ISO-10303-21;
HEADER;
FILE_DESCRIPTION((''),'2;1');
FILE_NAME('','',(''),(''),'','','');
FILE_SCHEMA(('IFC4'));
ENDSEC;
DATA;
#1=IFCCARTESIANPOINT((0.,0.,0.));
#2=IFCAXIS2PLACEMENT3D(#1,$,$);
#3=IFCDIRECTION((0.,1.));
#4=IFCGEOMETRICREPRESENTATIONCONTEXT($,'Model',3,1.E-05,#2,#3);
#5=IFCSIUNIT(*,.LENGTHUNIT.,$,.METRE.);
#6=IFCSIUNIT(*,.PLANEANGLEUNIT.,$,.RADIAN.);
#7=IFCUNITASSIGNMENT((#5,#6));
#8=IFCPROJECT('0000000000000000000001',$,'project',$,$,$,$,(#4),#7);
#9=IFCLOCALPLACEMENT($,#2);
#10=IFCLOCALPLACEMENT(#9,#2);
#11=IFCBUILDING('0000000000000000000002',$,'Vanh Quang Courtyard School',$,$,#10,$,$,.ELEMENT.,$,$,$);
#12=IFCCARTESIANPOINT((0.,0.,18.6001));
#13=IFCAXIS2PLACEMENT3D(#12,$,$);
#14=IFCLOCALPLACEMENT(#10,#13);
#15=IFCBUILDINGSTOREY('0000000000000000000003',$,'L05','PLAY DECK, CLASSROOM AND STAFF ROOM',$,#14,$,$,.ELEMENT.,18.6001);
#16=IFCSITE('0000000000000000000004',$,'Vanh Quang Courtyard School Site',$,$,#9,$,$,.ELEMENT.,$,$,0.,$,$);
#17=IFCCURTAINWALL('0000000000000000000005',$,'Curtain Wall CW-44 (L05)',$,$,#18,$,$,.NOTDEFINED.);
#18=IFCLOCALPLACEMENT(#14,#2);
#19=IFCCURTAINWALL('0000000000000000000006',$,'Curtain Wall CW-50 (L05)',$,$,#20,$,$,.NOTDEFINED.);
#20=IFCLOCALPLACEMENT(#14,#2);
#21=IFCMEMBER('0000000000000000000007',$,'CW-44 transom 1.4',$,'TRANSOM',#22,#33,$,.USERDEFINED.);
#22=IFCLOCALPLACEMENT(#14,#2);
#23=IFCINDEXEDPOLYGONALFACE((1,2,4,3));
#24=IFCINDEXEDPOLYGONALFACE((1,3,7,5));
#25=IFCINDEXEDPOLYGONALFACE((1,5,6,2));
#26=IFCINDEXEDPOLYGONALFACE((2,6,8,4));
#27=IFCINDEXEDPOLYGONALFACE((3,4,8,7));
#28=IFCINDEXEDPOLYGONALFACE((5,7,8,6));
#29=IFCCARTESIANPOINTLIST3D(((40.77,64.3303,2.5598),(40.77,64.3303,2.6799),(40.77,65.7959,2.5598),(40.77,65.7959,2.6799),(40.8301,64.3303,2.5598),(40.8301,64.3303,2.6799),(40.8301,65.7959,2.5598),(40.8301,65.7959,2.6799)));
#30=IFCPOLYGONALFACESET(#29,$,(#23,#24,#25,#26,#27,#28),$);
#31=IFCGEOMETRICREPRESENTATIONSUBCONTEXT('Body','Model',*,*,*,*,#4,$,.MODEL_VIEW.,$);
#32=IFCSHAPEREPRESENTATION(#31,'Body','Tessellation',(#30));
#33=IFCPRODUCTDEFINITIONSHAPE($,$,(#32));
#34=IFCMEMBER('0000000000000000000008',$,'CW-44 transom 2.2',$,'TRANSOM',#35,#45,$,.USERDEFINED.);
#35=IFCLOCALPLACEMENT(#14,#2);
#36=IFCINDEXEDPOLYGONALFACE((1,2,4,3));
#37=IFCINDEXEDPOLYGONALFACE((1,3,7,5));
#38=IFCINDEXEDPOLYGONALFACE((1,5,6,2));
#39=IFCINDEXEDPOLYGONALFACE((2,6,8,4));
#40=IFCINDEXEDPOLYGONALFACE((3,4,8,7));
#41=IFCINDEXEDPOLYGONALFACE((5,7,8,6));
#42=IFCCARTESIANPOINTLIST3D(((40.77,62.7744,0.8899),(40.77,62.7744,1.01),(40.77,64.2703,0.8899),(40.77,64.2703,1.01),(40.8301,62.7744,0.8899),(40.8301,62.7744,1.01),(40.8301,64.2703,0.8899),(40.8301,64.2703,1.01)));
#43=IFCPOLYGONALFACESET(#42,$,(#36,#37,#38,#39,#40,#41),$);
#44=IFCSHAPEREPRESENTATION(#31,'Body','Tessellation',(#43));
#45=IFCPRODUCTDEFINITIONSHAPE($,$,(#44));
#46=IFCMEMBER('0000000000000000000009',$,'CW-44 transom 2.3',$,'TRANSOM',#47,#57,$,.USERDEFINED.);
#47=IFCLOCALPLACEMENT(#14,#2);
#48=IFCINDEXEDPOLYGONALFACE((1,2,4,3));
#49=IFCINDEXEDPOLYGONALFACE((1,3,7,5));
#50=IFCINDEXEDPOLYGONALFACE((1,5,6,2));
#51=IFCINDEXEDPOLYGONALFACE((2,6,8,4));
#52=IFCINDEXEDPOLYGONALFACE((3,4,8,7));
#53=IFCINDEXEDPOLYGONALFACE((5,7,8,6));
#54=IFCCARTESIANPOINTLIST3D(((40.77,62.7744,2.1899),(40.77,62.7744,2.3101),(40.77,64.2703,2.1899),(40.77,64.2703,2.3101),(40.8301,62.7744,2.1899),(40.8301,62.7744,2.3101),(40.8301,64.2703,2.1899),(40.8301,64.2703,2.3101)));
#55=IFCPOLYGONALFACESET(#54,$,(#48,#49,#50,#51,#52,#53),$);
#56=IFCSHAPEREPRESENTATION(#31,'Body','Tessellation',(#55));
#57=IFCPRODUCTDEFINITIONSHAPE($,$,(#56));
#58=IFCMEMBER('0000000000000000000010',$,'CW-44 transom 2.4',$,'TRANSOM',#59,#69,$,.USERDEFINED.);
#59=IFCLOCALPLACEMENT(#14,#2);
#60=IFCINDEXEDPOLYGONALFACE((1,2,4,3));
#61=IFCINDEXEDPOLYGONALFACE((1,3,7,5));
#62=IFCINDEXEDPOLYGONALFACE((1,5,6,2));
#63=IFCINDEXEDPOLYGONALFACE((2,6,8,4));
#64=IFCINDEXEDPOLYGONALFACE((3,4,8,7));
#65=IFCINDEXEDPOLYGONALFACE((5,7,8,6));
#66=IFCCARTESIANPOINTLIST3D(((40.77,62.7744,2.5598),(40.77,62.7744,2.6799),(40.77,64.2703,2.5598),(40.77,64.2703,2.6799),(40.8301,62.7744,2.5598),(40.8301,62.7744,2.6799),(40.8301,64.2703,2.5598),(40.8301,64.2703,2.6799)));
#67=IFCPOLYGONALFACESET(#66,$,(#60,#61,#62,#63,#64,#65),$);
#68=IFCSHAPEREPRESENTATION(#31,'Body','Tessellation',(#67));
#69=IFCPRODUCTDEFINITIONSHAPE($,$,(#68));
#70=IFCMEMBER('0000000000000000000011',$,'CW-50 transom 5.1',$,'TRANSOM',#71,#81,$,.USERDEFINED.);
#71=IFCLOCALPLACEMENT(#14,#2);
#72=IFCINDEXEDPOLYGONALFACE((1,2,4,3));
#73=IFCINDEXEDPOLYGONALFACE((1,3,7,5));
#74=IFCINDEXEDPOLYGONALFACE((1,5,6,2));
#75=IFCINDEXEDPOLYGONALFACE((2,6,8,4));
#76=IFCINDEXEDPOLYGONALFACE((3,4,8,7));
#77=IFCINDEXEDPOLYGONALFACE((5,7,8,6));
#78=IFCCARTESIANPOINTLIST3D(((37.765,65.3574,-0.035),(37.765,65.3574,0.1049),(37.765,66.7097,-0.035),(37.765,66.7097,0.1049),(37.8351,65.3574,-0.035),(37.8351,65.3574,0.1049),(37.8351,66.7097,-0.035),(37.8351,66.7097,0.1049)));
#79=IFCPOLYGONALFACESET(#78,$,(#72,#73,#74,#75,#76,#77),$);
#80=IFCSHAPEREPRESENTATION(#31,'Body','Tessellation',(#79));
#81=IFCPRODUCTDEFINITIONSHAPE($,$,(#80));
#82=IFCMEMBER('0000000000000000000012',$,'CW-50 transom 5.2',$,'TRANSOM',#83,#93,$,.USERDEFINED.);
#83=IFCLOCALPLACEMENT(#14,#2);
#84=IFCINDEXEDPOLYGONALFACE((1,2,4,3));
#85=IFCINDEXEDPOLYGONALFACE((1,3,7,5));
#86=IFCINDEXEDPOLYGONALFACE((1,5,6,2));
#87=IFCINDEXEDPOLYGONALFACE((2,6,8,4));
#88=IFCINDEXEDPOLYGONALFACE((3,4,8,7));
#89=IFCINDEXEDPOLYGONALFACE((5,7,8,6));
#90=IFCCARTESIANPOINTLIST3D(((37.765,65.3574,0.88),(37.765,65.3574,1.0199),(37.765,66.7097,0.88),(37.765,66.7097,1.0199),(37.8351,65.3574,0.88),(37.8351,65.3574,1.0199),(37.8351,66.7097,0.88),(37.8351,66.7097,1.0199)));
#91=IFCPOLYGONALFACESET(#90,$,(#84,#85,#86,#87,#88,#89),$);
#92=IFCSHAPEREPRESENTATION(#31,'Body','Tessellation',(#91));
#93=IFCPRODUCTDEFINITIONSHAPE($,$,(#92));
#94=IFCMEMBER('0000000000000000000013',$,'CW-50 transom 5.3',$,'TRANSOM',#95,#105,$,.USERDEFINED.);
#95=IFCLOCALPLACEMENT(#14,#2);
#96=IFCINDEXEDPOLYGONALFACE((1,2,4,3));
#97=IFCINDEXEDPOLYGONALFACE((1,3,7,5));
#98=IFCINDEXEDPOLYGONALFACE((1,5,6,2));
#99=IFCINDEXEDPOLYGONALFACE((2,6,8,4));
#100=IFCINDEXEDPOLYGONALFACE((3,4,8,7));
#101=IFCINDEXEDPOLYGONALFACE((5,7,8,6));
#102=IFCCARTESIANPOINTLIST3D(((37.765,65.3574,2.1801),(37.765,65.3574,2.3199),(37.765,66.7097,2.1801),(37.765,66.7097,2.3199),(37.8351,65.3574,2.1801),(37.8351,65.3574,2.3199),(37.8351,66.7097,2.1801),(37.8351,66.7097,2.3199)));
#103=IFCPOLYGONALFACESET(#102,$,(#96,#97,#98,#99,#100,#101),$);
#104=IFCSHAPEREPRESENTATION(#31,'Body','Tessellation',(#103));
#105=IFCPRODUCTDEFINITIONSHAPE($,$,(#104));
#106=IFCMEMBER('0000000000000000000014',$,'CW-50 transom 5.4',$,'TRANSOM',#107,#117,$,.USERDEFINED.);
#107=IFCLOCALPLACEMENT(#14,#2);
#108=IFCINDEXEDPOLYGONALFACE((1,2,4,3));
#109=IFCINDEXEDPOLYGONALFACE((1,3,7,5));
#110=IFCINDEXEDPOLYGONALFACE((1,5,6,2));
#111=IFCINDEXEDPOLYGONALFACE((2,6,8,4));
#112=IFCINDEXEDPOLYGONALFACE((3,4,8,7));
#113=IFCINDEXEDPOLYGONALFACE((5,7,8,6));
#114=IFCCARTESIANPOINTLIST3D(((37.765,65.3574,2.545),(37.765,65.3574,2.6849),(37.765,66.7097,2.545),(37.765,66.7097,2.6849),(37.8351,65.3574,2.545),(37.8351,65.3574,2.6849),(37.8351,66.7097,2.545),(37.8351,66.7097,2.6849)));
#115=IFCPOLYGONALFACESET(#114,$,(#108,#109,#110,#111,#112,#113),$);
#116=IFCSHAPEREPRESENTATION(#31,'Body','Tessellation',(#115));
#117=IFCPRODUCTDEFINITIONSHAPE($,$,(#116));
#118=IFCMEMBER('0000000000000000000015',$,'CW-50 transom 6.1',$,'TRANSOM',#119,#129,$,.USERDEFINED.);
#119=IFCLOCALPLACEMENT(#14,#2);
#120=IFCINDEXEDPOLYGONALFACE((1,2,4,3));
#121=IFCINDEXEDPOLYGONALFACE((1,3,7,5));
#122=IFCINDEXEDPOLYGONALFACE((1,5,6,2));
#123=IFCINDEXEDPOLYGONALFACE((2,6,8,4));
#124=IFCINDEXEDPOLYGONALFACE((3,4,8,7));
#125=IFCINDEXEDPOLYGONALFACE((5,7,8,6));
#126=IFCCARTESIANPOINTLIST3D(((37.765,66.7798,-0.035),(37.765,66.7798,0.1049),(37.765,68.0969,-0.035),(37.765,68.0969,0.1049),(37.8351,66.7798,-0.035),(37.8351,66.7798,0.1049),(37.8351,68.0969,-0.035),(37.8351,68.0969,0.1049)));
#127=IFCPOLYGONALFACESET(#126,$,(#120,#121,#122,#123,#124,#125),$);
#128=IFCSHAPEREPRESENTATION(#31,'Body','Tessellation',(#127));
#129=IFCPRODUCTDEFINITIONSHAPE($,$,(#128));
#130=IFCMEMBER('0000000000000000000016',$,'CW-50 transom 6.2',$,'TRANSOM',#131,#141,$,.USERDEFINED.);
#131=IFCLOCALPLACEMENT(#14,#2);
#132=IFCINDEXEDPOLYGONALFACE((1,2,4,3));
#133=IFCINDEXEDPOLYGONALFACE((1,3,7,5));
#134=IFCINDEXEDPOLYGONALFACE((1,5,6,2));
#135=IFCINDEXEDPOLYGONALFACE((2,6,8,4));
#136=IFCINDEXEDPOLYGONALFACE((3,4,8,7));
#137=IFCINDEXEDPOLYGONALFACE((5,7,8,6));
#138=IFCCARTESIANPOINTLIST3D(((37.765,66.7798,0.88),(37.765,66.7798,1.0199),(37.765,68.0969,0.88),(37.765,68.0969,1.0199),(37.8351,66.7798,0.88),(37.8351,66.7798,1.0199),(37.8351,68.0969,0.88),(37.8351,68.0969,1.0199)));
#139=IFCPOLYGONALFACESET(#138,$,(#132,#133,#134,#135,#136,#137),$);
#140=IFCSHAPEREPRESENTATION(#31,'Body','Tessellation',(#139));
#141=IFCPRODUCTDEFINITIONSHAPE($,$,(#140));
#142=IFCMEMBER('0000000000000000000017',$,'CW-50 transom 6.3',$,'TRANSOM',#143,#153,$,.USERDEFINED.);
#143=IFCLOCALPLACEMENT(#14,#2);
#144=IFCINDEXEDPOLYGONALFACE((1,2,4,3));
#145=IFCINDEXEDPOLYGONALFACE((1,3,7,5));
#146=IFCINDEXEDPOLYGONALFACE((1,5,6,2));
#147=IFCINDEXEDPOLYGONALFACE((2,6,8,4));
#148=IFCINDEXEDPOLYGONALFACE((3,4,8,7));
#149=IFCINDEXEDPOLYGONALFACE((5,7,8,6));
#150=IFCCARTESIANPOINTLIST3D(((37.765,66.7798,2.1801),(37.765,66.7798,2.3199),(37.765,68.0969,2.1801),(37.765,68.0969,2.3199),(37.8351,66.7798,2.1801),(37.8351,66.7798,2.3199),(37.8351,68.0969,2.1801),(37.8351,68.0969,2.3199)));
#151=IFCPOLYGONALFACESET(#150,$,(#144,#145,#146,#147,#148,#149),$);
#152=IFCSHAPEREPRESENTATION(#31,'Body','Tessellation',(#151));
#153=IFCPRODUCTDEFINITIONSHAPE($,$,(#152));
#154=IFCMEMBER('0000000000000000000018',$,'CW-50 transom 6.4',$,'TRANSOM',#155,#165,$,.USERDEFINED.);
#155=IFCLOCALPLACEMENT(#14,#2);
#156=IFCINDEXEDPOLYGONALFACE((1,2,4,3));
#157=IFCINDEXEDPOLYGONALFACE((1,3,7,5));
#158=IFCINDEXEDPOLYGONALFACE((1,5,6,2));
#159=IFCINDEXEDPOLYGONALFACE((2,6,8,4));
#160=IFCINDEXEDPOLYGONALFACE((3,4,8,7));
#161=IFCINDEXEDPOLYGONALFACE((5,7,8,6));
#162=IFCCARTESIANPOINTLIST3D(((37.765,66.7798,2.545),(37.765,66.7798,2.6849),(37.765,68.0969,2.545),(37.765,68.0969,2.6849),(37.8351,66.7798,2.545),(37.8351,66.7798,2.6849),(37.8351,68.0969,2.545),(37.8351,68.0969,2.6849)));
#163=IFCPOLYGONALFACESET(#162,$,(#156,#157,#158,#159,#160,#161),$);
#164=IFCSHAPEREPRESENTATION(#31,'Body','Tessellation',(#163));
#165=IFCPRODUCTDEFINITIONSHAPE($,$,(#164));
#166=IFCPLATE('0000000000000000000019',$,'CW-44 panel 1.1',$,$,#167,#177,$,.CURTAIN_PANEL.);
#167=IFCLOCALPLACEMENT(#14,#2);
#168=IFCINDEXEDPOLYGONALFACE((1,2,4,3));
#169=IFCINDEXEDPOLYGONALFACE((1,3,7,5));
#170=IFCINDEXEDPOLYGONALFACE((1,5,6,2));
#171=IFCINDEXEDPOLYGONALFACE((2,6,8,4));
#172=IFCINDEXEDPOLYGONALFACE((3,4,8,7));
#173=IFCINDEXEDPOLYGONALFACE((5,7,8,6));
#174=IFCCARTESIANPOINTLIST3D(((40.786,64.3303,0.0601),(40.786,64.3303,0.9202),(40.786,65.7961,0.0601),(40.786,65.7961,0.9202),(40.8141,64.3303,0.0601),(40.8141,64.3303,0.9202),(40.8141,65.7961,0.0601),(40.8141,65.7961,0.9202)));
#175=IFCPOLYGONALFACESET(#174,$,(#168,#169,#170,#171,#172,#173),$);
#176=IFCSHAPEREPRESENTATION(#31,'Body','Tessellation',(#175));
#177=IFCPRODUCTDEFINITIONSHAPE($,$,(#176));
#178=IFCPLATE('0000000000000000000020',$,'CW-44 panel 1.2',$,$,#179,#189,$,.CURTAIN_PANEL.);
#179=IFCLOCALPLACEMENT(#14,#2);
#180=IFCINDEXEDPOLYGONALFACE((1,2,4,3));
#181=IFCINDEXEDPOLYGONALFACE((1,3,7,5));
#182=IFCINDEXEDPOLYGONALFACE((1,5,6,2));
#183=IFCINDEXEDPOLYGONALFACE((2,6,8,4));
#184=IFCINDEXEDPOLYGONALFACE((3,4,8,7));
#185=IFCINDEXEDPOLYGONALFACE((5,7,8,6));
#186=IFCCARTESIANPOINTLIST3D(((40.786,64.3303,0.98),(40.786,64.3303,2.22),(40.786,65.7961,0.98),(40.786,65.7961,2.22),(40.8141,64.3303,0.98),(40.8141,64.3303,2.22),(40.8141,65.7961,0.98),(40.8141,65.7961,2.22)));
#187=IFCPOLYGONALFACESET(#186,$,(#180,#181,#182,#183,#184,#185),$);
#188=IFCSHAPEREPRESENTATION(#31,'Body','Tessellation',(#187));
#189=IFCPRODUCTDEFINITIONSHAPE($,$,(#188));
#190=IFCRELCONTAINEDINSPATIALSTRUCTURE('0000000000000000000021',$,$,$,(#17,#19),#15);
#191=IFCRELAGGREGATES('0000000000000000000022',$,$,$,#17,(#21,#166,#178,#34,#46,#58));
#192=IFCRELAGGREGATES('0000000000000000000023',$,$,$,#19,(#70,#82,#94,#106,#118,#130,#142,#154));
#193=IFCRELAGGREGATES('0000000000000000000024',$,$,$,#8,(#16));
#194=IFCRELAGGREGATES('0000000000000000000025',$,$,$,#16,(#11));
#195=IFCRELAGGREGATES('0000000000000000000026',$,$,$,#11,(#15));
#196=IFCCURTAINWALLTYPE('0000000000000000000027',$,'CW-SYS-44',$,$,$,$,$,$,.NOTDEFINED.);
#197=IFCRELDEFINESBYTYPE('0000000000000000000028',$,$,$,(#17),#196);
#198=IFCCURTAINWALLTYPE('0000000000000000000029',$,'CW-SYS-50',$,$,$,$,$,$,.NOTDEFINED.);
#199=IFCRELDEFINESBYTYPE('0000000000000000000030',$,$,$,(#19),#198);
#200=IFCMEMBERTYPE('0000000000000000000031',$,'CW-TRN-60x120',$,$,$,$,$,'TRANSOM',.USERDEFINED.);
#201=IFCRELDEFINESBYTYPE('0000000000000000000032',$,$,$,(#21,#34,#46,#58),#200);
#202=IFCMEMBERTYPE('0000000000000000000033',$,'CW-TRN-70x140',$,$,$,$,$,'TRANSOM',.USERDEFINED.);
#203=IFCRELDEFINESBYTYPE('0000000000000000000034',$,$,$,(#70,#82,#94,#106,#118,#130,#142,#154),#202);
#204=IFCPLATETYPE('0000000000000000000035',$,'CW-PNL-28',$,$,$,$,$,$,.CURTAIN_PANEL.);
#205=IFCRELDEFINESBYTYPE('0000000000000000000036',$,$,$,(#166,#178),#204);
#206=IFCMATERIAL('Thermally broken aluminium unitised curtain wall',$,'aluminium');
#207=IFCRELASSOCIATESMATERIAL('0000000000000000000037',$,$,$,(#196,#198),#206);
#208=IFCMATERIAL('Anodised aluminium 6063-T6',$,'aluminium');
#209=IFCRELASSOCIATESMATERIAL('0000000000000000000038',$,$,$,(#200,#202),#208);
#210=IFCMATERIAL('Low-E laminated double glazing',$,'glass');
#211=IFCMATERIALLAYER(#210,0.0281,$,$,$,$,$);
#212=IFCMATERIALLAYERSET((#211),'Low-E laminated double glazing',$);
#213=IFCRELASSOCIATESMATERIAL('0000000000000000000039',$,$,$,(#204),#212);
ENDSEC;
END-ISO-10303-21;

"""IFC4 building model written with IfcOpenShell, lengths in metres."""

from ifc_helpers import new_model, si_unit, direction, frame, origin, origin_2d, place, context, subcontext, project, spatial, rectangle, extrude, material, layer, layer_set, material_profile, profile_set, type_object, element, aggregate, save


model = new_model("IFC4")

# Units and contexts
model_context = context("Model", 3, precision=1e-05, world=origin(), true_north=direction((0.0, 1.0)))
body_context = subcontext(model_context, "Body", "Model", "MODEL_VIEW")
ifc_project = project(units=[si_unit("LENGTHUNIT", "METRE"), si_unit("PLANEANGLEUNIT", "RADIAN")], contexts=[model_context])

# Site, building, storey
site_placement = place(None, origin())
site = spatial("IfcSite", under=ifc_project, at=site_placement, Name="Vanh Quang Courtyard School Site", CompositionType="ELEMENT", RefElevation=0.0)
building_placement = place(site_placement, origin())
building = spatial("IfcBuilding", under=site, at=building_placement, Name="Vanh Quang Courtyard School", CompositionType="ELEMENT")
storey_placement = place(building_placement, frame((0.0, 0.0, 18.6001)))
storey = spatial("IfcBuildingStorey", under=building, at=storey_placement, Name="L05", Description="PLAY DECK, CLASSROOM AND STAFF ROOM", CompositionType="ELEMENT", Elevation=18.6001)

# Curtain walls
ifc_material_1 = material(Name="Thermally broken aluminium unitised curtain wall", Category="aluminium")
curtain_wall_type_1 = type_object("IfcCurtainWallType", Name="CW-SYS-44", PredefinedType="NOTDEFINED", material=ifc_material_1)
curtain_wall_1_placement = place(storey_placement, origin())
curtain_wall_1 = element("IfcCurtainWall", 1, at=curtain_wall_1_placement, inside=storey, type_object=curtain_wall_type_1, Name="Curtain Wall CW-44 (L05)", PredefinedType="NOTDEFINED")
ifc_material_2 = material(Name="Anodised aluminium 6063-T6", Category="aluminium")
curtain_wall_type_2 = type_object("IfcCurtainWallType", Name="CW-SYS-50", PredefinedType="NOTDEFINED", material=ifc_material_1)
curtain_wall_2_placement = place(storey_placement, origin())
curtain_wall_2 = element("IfcCurtainWall", 2, at=curtain_wall_2_placement, inside=storey, type_object=curtain_wall_type_2, Name="Curtain Wall CW-50 (L05)", PredefinedType="NOTDEFINED")

# Members
ifc_material_profile_1 = material_profile(ifc_material_2, rectangle(XDim=0.0601, YDim=0.1201, at=origin_2d()), Name="ALU-TRN 60x120")
ifc_profile_set_1 = profile_set([ifc_material_profile_1], Name="Anodised aluminium 6063-T6")
member_type_1 = type_object("IfcMemberType", Name="CW-TRN-60x120", ElementType="TRANSOM", PredefinedType="USERDEFINED", material=ifc_profile_set_1)
member_1_placement = place(storey_placement, frame((40.8, 65.7959, 2.6199), z_axis=(0.0, -1.0, 0.0), x_axis=(1.0, 0.0, 0.0)))
member_1 = element("IfcMember", 3, at=member_1_placement, type_object=member_type_1, Name="CW-44 transom 1.4", ObjectType="TRANSOM", PredefinedType="USERDEFINED", context=body_context, shape_type="SweptSolid", body=[
    extrude(rectangle(XDim=0.0601, YDim=0.1201, at=origin_2d()), origin(), (0.0, 0.0, 1.0), 1.4656),
])
member_2_placement = place(storey_placement, frame((40.8, 64.2703, 0.95), z_axis=(0.0, -1.0, 0.0), x_axis=(1.0, 0.0, 0.0)))
member_2 = element("IfcMember", 4, at=member_2_placement, type_object=member_type_1, Name="CW-44 transom 2.2", ObjectType="TRANSOM", PredefinedType="USERDEFINED", context=body_context, shape_type="SweptSolid", body=[
    extrude(rectangle(XDim=0.0601, YDim=0.1201, at=origin_2d()), origin(), (0.0, 0.0, 1.0), 1.4958),
])
member_3_placement = place(storey_placement, frame((40.8, 64.2703, 2.25), z_axis=(0.0, -1.0, 0.0), x_axis=(1.0, 0.0, 0.0)))
member_3 = element("IfcMember", 5, at=member_3_placement, type_object=member_type_1, Name="CW-44 transom 2.3", ObjectType="TRANSOM", PredefinedType="USERDEFINED", context=body_context, shape_type="SweptSolid", body=[
    extrude(rectangle(XDim=0.0601, YDim=0.1201, at=origin_2d()), origin(), (0.0, 0.0, 1.0), 1.4958),
])
member_4_placement = place(storey_placement, frame((40.8, 64.2703, 2.6199), z_axis=(0.0, -1.0, 0.0), x_axis=(1.0, 0.0, 0.0)))
member_4 = element("IfcMember", 6, at=member_4_placement, type_object=member_type_1, Name="CW-44 transom 2.4", ObjectType="TRANSOM", PredefinedType="USERDEFINED", context=body_context, shape_type="SweptSolid", body=[
    extrude(rectangle(XDim=0.0601, YDim=0.1201, at=origin_2d()), origin(), (0.0, 0.0, 1.0), 1.4958),
])
ifc_material_profile_2 = material_profile(ifc_material_2, rectangle(XDim=0.0701, YDim=0.1399, at=origin_2d()), Name="ALU-TRN 70x140")
ifc_profile_set_2 = profile_set([ifc_material_profile_2], Name="Anodised aluminium 6063-T6")
member_type_2 = type_object("IfcMemberType", Name="CW-TRN-70x140", ElementType="TRANSOM", PredefinedType="USERDEFINED", material=ifc_profile_set_2)
member_5_placement = place(storey_placement, frame((37.8, 65.3574, 0.0349), z_axis=(0.0, 1.0, 0.0), x_axis=(-1.0, 0.0, 0.0)))
member_5 = element("IfcMember", 7, at=member_5_placement, type_object=member_type_2, Name="CW-50 transom 5.1", ObjectType="TRANSOM", PredefinedType="USERDEFINED", context=body_context, shape_type="SweptSolid", body=[
    extrude(rectangle(XDim=0.0701, YDim=0.1399, at=origin_2d()), origin(), (0.0, 0.0, 1.0), 1.3523),
])
member_6_placement = place(storey_placement, frame((37.8, 65.3574, 0.95), z_axis=(0.0, 1.0, 0.0), x_axis=(-1.0, 0.0, 0.0)))
member_6 = element("IfcMember", 8, at=member_6_placement, type_object=member_type_2, Name="CW-50 transom 5.2", ObjectType="TRANSOM", PredefinedType="USERDEFINED", context=body_context, shape_type="SweptSolid", body=[
    extrude(rectangle(XDim=0.0701, YDim=0.1399, at=origin_2d()), origin(), (0.0, 0.0, 1.0), 1.3523),
])
member_7_placement = place(storey_placement, frame((37.8, 65.3574, 2.25), z_axis=(0.0, 1.0, 0.0), x_axis=(-1.0, 0.0, 0.0)))
member_7 = element("IfcMember", 9, at=member_7_placement, type_object=member_type_2, Name="CW-50 transom 5.3", ObjectType="TRANSOM", PredefinedType="USERDEFINED", context=body_context, shape_type="SweptSolid", body=[
    extrude(rectangle(XDim=0.0701, YDim=0.1399, at=origin_2d()), origin(), (0.0, 0.0, 1.0), 1.3523),
])
member_8_placement = place(storey_placement, frame((37.8, 65.3574, 2.615), z_axis=(0.0, 1.0, 0.0), x_axis=(-1.0, 0.0, 0.0)))
member_8 = element("IfcMember", 10, at=member_8_placement, type_object=member_type_2, Name="CW-50 transom 5.4", ObjectType="TRANSOM", PredefinedType="USERDEFINED", context=body_context, shape_type="SweptSolid", body=[
    extrude(rectangle(XDim=0.0701, YDim=0.1399, at=origin_2d()), origin(), (0.0, 0.0, 1.0), 1.3523),
])
member_9_placement = place(storey_placement, frame((37.8, 66.7798, 0.0349), z_axis=(0.0, 1.0, 0.0), x_axis=(-1.0, 0.0, 0.0)))
member_9 = element("IfcMember", 11, at=member_9_placement, type_object=member_type_2, Name="CW-50 transom 6.1", ObjectType="TRANSOM", PredefinedType="USERDEFINED", context=body_context, shape_type="SweptSolid", body=[
    extrude(rectangle(XDim=0.0701, YDim=0.1399, at=origin_2d()), origin(), (0.0, 0.0, 1.0), 1.3171),
])
member_10_placement = place(storey_placement, frame((37.8, 66.7798, 0.95), z_axis=(0.0, 1.0, 0.0), x_axis=(-1.0, 0.0, 0.0)))
member_10 = element("IfcMember", 12, at=member_10_placement, type_object=member_type_2, Name="CW-50 transom 6.2", ObjectType="TRANSOM", PredefinedType="USERDEFINED", context=body_context, shape_type="SweptSolid", body=[
    extrude(rectangle(XDim=0.0701, YDim=0.1399, at=origin_2d()), origin(), (0.0, 0.0, 1.0), 1.3171),
])
member_11_placement = place(storey_placement, frame((37.8, 66.7798, 2.25), z_axis=(0.0, 1.0, 0.0), x_axis=(-1.0, 0.0, 0.0)))
member_11 = element("IfcMember", 13, at=member_11_placement, type_object=member_type_2, Name="CW-50 transom 6.3", ObjectType="TRANSOM", PredefinedType="USERDEFINED", context=body_context, shape_type="SweptSolid", body=[
    extrude(rectangle(XDim=0.0701, YDim=0.1399, at=origin_2d()), origin(), (0.0, 0.0, 1.0), 1.3171),
])
member_12_placement = place(storey_placement, frame((37.8, 66.7798, 2.615), z_axis=(0.0, 1.0, 0.0), x_axis=(-1.0, 0.0, 0.0)))
member_12 = element("IfcMember", 14, at=member_12_placement, type_object=member_type_2, Name="CW-50 transom 6.4", ObjectType="TRANSOM", PredefinedType="USERDEFINED", context=body_context, shape_type="SweptSolid", body=[
    extrude(rectangle(XDim=0.0701, YDim=0.1399, at=origin_2d()), origin(), (0.0, 0.0, 1.0), 1.3171),
])

# Plates
ifc_material_3 = material(Name="Low-E laminated double glazing", Category="glass")
ifc_layer_1 = layer(ifc_material_3, 0.0281)
ifc_layer_set_1 = layer_set([ifc_layer_1], Name="Low-E laminated double glazing")
plate_type_1 = type_object("IfcPlateType", Name="CW-PNL-28", PredefinedType="CURTAIN_PANEL", material=ifc_layer_set_1)
plate_1_placement = place(storey_placement, frame((40.8, 65.0632, 0.0601), z_axis=(0.0, 0.0, 1.0), x_axis=(0.0, -1.0, 0.0)))
plate_1 = element("IfcPlate", 15, at=plate_1_placement, type_object=plate_type_1, Name="CW-44 panel 1.1", PredefinedType="CURTAIN_PANEL", context=body_context, shape_type="SweptSolid", body=[
    extrude(rectangle(XDim=1.4658, YDim=0.0281, at=origin_2d()), origin(), (0.0, 0.0, 1.0), 0.8601),
])
plate_2_placement = place(storey_placement, frame((40.8, 65.0632, 0.98), z_axis=(0.0, 0.0, 1.0), x_axis=(0.0, -1.0, 0.0)))
plate_2 = element("IfcPlate", 16, at=plate_2_placement, type_object=plate_type_1, Name="CW-44 panel 1.2", PredefinedType="CURTAIN_PANEL", context=body_context, shape_type="SweptSolid", body=[
    extrude(rectangle(XDim=1.4658, YDim=0.0281, at=origin_2d()), origin(), (0.0, 0.0, 1.0), 1.24),
])
aggregate(curtain_wall_1, [member_1, plate_1, plate_2, member_2, member_3, member_4])
aggregate(curtain_wall_2, [member_5, member_6, member_7, member_8, member_9, member_10, member_11, member_12])

save(model, "model.ifc")
